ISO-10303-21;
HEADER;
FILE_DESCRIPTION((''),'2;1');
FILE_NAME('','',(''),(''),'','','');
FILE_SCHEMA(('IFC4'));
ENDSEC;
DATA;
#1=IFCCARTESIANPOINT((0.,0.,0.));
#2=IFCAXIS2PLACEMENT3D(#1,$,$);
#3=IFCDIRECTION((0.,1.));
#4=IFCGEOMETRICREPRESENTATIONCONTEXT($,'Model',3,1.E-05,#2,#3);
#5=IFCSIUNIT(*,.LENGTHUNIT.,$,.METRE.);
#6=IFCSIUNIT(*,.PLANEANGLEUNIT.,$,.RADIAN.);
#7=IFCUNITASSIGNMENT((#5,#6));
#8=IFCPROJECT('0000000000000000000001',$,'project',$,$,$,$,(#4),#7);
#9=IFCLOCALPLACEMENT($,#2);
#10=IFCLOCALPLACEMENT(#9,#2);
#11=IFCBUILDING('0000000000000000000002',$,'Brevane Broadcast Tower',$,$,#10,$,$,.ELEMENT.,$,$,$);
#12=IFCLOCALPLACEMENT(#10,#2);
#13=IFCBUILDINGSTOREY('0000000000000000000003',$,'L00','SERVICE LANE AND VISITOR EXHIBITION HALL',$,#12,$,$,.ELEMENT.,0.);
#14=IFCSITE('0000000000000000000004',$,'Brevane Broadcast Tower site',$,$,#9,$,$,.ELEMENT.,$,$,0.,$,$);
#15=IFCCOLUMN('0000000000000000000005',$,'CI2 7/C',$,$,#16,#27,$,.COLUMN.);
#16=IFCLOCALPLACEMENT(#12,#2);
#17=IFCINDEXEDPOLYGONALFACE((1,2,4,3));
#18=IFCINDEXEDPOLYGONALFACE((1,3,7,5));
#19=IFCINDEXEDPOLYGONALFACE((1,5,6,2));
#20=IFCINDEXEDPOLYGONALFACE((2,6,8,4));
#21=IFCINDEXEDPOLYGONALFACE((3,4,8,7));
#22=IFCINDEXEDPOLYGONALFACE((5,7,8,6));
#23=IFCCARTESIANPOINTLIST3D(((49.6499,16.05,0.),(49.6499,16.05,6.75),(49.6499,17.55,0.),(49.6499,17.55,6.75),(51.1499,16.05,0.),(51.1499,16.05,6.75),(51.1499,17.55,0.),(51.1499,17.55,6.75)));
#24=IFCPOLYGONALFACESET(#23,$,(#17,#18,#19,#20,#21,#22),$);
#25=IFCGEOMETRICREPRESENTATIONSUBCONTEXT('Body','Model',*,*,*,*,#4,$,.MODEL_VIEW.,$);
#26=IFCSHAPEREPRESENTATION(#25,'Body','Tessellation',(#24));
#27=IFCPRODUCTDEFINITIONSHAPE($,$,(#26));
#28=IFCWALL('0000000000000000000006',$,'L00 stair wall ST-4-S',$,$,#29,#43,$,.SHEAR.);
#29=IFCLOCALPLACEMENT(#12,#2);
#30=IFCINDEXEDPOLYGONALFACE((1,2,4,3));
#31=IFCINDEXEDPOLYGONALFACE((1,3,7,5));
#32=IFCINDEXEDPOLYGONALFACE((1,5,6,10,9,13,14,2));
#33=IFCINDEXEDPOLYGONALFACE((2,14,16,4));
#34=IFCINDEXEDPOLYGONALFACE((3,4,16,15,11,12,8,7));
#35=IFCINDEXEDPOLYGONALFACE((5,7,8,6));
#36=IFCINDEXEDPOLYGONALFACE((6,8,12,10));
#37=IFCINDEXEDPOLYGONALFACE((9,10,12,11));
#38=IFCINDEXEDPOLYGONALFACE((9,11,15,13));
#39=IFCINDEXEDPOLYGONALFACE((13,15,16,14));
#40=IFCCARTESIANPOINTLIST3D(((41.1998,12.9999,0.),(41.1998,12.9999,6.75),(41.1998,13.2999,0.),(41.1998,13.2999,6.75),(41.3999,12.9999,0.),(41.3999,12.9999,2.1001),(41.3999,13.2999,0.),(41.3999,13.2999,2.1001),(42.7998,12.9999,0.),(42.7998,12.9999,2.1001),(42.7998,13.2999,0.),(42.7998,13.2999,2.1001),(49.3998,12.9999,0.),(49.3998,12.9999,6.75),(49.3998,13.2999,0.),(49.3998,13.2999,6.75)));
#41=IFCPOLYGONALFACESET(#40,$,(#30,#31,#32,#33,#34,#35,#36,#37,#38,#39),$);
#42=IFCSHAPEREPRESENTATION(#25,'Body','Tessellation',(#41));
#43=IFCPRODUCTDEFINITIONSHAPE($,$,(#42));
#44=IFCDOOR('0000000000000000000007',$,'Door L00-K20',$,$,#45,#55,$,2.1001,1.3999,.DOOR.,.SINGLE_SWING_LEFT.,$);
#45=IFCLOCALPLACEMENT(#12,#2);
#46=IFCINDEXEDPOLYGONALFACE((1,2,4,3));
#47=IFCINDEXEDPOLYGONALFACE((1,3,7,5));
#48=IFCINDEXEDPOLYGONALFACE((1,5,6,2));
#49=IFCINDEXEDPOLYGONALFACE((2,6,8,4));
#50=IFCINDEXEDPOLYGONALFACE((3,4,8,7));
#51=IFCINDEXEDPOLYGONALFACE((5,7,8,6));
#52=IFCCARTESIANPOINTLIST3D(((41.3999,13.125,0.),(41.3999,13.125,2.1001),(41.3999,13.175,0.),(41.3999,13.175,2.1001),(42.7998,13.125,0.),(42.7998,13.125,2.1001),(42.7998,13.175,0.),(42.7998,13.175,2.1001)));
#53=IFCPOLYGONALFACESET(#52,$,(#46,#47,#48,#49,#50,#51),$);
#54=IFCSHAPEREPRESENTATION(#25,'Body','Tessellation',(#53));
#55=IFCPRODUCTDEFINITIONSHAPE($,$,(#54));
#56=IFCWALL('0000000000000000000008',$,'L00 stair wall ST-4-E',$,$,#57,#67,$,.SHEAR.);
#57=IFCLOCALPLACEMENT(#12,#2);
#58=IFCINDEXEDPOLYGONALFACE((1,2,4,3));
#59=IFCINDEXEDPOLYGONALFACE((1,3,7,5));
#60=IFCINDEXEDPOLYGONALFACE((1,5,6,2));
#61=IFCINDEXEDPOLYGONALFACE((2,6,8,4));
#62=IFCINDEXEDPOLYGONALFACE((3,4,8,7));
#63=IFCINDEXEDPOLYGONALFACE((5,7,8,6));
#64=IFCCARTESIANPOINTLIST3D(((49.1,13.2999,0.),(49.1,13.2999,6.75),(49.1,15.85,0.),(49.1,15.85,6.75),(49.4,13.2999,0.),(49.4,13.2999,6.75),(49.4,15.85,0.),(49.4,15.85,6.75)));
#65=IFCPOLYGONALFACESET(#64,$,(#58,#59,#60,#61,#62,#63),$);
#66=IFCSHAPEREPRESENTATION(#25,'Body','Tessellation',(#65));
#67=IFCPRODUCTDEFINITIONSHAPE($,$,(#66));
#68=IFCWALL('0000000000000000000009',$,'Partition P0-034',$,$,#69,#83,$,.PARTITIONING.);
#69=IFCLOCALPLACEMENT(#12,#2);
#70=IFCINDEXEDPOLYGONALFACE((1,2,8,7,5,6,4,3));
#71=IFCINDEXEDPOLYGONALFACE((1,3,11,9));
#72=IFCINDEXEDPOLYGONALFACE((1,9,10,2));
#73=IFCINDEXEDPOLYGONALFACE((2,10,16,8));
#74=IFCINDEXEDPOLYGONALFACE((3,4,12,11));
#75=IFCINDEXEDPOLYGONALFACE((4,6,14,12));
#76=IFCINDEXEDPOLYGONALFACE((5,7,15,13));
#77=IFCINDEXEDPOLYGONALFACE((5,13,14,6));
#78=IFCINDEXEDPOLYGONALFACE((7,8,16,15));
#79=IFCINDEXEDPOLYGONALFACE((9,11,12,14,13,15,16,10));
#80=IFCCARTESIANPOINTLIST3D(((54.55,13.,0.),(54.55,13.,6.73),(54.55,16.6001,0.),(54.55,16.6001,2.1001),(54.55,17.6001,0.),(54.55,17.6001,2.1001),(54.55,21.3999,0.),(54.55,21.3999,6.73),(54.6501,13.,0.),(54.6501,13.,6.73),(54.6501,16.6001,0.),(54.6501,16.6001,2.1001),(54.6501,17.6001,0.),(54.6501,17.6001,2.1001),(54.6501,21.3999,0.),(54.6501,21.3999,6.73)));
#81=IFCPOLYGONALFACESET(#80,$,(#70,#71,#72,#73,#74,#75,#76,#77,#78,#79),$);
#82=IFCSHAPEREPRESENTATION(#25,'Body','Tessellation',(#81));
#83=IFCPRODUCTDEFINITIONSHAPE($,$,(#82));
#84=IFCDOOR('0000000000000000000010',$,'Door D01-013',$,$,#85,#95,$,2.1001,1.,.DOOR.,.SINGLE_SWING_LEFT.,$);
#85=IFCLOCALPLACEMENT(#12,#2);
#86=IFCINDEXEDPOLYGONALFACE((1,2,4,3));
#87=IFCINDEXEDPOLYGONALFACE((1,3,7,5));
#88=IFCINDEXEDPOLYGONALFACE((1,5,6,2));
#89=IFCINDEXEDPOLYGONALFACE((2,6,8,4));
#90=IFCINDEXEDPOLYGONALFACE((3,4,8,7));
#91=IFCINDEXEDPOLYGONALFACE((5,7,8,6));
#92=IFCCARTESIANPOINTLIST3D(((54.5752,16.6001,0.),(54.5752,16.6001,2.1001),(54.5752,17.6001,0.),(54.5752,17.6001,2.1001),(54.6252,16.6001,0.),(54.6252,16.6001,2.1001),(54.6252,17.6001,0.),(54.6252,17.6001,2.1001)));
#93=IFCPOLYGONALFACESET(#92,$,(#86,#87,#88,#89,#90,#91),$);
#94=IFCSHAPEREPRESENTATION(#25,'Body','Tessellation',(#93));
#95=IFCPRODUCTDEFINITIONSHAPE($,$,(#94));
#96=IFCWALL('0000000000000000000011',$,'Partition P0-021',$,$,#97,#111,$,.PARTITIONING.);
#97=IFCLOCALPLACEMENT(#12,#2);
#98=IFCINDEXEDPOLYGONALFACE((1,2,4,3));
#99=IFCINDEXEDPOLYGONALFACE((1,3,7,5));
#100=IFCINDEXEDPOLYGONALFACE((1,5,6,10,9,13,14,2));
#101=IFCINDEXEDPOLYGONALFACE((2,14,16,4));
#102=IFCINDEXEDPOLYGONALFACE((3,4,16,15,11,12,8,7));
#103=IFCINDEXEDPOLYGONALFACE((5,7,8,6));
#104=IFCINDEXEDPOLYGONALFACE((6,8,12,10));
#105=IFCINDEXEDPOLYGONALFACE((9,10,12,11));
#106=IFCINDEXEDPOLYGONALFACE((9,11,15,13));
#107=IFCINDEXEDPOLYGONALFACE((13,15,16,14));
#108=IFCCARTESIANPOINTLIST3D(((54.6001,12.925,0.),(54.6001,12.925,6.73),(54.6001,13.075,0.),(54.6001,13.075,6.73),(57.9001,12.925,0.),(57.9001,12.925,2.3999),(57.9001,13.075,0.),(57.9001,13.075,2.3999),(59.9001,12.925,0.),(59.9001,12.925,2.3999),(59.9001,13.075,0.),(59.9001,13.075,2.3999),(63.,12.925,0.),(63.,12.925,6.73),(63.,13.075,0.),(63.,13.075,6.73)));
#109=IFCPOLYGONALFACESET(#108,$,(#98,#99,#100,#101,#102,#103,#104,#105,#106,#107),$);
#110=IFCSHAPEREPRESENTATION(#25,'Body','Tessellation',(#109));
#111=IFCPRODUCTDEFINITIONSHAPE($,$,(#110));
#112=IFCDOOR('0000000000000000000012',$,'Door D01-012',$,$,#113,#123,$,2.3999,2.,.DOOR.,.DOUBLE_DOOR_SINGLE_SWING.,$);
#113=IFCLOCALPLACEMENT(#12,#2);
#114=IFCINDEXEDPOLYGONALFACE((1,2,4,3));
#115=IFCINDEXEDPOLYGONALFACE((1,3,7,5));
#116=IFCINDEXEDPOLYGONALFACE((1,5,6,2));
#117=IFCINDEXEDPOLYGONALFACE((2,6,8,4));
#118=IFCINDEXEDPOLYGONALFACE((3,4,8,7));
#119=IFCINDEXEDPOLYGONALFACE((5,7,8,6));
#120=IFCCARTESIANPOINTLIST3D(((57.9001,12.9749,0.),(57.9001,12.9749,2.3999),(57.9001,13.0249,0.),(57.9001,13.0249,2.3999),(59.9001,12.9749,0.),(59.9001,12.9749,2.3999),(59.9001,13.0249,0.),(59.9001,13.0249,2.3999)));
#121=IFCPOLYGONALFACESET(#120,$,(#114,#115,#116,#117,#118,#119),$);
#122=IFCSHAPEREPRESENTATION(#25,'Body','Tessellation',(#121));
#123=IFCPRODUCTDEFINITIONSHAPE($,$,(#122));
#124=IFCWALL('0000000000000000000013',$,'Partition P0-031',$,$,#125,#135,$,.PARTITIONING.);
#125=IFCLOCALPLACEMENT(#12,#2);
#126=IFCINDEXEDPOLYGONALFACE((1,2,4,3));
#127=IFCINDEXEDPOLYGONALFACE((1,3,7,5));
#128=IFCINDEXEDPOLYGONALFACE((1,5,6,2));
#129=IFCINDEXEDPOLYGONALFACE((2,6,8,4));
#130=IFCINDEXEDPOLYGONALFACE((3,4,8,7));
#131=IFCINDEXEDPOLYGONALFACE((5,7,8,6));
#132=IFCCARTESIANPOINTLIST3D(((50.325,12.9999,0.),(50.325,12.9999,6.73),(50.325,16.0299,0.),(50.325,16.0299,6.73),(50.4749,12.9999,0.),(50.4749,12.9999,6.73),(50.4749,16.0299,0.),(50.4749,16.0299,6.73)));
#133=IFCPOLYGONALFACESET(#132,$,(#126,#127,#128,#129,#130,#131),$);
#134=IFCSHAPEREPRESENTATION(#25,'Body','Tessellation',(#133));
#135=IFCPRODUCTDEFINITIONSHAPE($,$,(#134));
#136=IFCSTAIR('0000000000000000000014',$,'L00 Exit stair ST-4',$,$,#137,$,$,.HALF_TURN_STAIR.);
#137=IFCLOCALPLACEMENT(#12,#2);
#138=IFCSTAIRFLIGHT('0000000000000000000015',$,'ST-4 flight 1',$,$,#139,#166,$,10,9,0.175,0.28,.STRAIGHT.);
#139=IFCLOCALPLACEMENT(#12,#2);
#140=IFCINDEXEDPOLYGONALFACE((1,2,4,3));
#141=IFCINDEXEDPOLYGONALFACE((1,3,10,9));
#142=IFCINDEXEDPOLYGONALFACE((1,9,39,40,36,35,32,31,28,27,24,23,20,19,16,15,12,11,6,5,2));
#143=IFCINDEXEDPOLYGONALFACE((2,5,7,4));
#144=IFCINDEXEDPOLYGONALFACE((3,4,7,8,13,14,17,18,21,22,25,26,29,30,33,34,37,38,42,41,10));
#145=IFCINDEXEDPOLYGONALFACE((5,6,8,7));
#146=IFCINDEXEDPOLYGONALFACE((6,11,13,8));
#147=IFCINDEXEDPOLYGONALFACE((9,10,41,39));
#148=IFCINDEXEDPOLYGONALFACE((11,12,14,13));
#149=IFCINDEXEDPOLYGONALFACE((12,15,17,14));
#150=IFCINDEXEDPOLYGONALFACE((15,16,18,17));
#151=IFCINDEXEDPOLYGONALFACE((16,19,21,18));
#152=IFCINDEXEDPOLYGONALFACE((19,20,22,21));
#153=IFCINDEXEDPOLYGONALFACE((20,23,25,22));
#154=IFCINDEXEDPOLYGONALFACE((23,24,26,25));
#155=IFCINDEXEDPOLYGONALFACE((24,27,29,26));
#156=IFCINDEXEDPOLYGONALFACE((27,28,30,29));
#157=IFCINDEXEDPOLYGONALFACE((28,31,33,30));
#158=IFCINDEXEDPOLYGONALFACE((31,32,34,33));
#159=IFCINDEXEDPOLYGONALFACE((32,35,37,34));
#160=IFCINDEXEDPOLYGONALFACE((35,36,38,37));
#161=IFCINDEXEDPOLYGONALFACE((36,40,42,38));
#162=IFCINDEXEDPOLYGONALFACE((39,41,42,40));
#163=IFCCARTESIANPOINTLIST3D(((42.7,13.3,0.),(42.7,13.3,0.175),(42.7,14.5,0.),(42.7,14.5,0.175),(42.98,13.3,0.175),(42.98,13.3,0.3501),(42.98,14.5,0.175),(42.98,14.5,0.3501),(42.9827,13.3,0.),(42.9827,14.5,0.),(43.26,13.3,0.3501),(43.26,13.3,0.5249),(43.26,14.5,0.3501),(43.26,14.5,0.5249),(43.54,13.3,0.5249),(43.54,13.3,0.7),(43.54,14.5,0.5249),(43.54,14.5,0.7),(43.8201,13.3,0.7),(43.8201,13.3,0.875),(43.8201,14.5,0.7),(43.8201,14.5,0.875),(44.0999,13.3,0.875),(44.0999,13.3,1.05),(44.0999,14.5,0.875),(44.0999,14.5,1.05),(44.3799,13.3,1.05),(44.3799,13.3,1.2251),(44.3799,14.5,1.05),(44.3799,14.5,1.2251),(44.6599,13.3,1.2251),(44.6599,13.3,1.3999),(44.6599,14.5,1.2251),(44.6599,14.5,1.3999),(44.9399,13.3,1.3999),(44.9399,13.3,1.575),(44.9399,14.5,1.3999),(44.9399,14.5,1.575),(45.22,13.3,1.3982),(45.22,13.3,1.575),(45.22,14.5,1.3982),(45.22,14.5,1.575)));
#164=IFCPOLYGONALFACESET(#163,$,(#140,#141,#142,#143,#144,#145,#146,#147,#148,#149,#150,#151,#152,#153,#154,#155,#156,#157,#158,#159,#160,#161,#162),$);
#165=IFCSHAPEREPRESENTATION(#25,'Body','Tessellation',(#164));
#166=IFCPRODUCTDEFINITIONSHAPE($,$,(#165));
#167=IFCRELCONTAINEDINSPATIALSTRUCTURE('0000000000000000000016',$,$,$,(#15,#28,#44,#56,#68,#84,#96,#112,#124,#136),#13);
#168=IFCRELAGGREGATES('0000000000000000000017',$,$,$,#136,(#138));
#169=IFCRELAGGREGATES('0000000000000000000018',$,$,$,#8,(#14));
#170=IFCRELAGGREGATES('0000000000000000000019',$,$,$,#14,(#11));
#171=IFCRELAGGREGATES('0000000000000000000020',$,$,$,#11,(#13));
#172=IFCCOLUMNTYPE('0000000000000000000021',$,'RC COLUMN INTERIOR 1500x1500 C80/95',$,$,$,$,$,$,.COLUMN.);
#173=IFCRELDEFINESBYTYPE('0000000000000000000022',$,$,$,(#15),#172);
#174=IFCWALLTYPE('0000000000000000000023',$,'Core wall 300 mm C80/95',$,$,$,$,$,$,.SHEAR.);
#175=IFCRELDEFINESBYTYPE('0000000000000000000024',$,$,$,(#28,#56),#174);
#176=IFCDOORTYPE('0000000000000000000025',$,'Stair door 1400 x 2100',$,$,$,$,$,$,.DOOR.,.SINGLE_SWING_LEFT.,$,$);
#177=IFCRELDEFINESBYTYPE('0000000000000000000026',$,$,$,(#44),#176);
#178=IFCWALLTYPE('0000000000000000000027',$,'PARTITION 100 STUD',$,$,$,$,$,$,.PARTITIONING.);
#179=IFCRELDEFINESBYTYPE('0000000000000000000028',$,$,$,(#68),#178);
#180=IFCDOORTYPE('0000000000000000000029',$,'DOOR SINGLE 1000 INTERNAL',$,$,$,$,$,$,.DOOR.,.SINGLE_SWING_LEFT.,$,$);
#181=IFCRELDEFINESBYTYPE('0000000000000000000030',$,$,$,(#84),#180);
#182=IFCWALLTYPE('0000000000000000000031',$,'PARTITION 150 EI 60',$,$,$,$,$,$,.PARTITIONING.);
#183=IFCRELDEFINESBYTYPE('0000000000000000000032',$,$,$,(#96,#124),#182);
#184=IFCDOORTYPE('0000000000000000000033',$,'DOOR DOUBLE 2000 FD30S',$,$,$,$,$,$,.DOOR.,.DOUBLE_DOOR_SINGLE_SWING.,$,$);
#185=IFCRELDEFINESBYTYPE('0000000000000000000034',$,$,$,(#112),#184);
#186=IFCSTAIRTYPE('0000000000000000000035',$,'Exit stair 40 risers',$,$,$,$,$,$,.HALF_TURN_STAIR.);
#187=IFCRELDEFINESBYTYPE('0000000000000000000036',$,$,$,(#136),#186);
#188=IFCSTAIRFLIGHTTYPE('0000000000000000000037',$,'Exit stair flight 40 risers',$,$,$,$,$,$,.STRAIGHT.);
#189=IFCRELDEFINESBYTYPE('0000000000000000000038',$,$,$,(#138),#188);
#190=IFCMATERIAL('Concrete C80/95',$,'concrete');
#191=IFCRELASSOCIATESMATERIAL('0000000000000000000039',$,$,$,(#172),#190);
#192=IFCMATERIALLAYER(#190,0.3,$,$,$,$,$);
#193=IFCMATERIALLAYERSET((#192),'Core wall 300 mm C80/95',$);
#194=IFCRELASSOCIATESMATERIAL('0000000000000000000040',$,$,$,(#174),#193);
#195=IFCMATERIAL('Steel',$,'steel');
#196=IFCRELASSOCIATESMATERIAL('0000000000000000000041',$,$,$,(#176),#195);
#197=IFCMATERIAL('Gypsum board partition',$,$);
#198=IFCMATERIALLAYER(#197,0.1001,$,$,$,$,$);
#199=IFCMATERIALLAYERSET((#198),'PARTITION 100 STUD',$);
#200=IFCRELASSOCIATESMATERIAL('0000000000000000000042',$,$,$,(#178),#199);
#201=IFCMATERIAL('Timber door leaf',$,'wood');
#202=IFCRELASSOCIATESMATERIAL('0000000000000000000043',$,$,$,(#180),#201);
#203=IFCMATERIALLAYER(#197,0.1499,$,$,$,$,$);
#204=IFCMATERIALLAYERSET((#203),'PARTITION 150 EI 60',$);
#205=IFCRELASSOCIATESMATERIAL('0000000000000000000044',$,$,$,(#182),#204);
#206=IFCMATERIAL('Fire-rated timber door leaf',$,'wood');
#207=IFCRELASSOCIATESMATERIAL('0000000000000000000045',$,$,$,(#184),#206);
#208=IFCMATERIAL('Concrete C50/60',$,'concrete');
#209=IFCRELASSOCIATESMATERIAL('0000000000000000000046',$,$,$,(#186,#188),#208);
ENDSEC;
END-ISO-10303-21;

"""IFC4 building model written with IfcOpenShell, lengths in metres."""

from ifc_helpers import new_model, si_unit, direction, frame, frame_2d, origin, origin_2d, place, context, subcontext, project, spatial, polyline, rectangle, outline, extrude, material, layer, layer_set, material_profile, profile_set, type_object, element, fill, aggregate, save


model = new_model("IFC4")

# Units and contexts
model_context = context("Model", 3, precision=1e-05, world=origin(), true_north=direction((0.0, 1.0)))
body_context = subcontext(model_context, "Body", "Model", "MODEL_VIEW")
ifc_project = project(units=[si_unit("LENGTHUNIT", "METRE"), si_unit("PLANEANGLEUNIT", "RADIAN")], contexts=[model_context])

# Site, building, storey
site_placement = place(None, origin())
site = spatial("IfcSite", under=ifc_project, at=site_placement, Name="Brevane Broadcast Tower site", CompositionType="ELEMENT", RefElevation=0.0)
building_placement = place(site_placement, origin())
building = spatial("IfcBuilding", under=site, at=building_placement, Name="Brevane Broadcast Tower", CompositionType="ELEMENT")
storey_placement = place(building_placement, origin())
storey = spatial("IfcBuildingStorey", under=building, at=storey_placement, Name="L00", Description="SERVICE LANE AND VISITOR EXHIBITION HALL", CompositionType="ELEMENT", Elevation=0.0)

# Column
ifc_material_1 = material(Name="Concrete C80/95", Category="concrete")
ifc_material_profile = material_profile(ifc_material_1, rectangle(XDim=1.5, YDim=1.5, at=origin_2d()), Name="RC 1500x1500")
ifc_profile_set = profile_set([ifc_material_profile], Name="Concrete C80/95")
column_type = type_object("IfcColumnType", Name="RC COLUMN INTERIOR 1500x1500 C80/95", PredefinedType="COLUMN", material=ifc_profile_set)
column_placement = place(storey_placement, frame((50.3999, 16.8, 0.0), z_axis=(0.0, 0.0, 1.0), x_axis=(1.0, 0.0, 0.0)))
element("IfcColumn", 1, at=column_placement, inside=storey, type_object=column_type, Name="CI2 7/C", PredefinedType="COLUMN", context=body_context, shape_type="SweptSolid", body=[
    extrude(rectangle(XDim=1.5, YDim=1.5, at=origin_2d()), origin(), (0.0, 0.0, 1.0), 6.75),
])

# Wall, opening, door
ifc_layer_1 = layer(ifc_material_1, 0.3)
ifc_layer_set_1 = layer_set([ifc_layer_1], Name="Core wall 300 mm C80/95")
wall_type_1 = type_object("IfcWallType", Name="Core wall 300 mm C80/95", PredefinedType="SHEAR", material=ifc_layer_set_1)
wall_1_placement = place(storey_placement, frame((49.3999, 13.1499, 0.0), z_axis=(0.0, 0.0, 1.0), x_axis=(-1.0, 0.0, 0.0)))
wall_1 = element("IfcWall", 2, at=wall_1_placement, inside=storey, type_object=wall_type_1, Name="L00 stair wall ST-4-S", PredefinedType="SHEAR", context=body_context, shape_type="SweptSolid", body=[
    extrude(rectangle(XDim=8.2, YDim=0.3, at=frame_2d((4.1001, 0.0))), origin(), (0.0, 0.0, 1.0), 6.75),
])
opening_1_placement = place(wall_1_placement, frame((6.6001, 0.0, 0.0)))
opening_1 = element("IfcOpeningElement", 3, at=opening_1_placement, cuts=wall_1, PredefinedType="OPENING", context=body_context, shape_type="SweptSolid", body=[
    extrude(rectangle(XDim=1.3999, YDim=2.1001, at=frame_2d((0.7, 1.05))), frame((0.0, 0.1599, 0.0), z_axis=(0.0, -1.0, 0.0), x_axis=(1.0, 0.0, 0.0)), (0.0, 0.0, 1.0), 0.3201),
])
ifc_material_2 = material(Name="Steel", Category="steel")
door_type_1 = type_object("IfcDoorType", Name="Stair door 1400 x 2100", OperationType="SINGLE_SWING_LEFT", PredefinedType="DOOR", material=ifc_material_2)
door_1_placement = place(opening_1_placement, origin())
door_1 = element("IfcDoor", 4, at=door_1_placement, inside=storey, type_object=door_type_1, Name="Door L00-K20", OperationType="SINGLE_SWING_LEFT", OverallHeight=2.1001, OverallWidth=1.3999, PredefinedType="DOOR", context=body_context, shape_type="SweptSolid", body=[
    extrude(rectangle(XDim=1.3999, YDim=2.1001, at=frame_2d((0.7, 1.05))), frame((0.0, 0.0249, 0.0), z_axis=(0.0, -1.0, 0.0), x_axis=(1.0, 0.0, 0.0)), (0.0, 0.0, 1.0), 0.05),
])
fill(opening_1, door_1)

# Wall
wall_2_placement = place(storey_placement, frame((49.25, 13.3, 0.0), z_axis=(0.0, 0.0, 1.0), x_axis=(0.0, 1.0, 0.0)))
element("IfcWall", 5, at=wall_2_placement, inside=storey, type_object=wall_type_1, Name="L00 stair wall ST-4-E", PredefinedType="SHEAR", context=body_context, shape_type="SweptSolid", body=[
    extrude(rectangle(XDim=2.55, YDim=0.3, at=frame_2d((1.2749, 0.0))), origin(), (0.0, 0.0, 1.0), 6.75),
])

# Walls, openings, doors
ifc_material_3 = material(Name="Gypsum board partition")
ifc_layer_2 = layer(ifc_material_3, 0.1001)
ifc_layer_set_2 = layer_set([ifc_layer_2], Name="PARTITION 100 STUD")
wall_type_2 = type_object("IfcWallType", Name="PARTITION 100 STUD", PredefinedType="PARTITIONING", material=ifc_layer_set_2)
wall_3_placement = place(storey_placement, frame((54.6001, 13.0, 0.0), z_axis=(0.0, 0.0, 1.0), x_axis=(0.0, 1.0, 0.0)))
wall_3 = element("IfcWall", 6, at=wall_3_placement, inside=storey, type_object=wall_type_2, Name="Partition P0-034", PredefinedType="PARTITIONING", context=body_context, shape_type="SweptSolid", body=[
    extrude(rectangle(XDim=8.3999, YDim=0.1001, at=frame_2d((4.2, 0.0))), origin(), (0.0, 0.0, 1.0), 6.73),
])
opening_2_placement = place(wall_3_placement, frame((3.6001, 0.0, 0.0)))
opening_2 = element("IfcOpeningElement", 7, at=opening_2_placement, cuts=wall_3, PredefinedType="OPENING", context=body_context, shape_type="SweptSolid", body=[
    extrude(rectangle(XDim=1.0, YDim=2.1001, at=frame_2d((0.5, 1.05))), frame((0.0, 0.0601, 0.0), z_axis=(0.0, -1.0, 0.0), x_axis=(1.0, 0.0, 0.0)), (0.0, 0.0, 1.0), 0.1201),
])
ifc_material_4 = material(Name="Timber door leaf", Category="wood")
door_type_2 = type_object("IfcDoorType", Name="DOOR SINGLE 1000 INTERNAL", OperationType="SINGLE_SWING_LEFT", PredefinedType="DOOR", material=ifc_material_4)
door_2_placement = place(opening_2_placement, origin())
door_2 = element("IfcDoor", 8, at=door_2_placement, inside=storey, type_object=door_type_2, Name="Door D01-013", OperationType="SINGLE_SWING_LEFT", OverallHeight=2.1001, OverallWidth=1.0, PredefinedType="DOOR", context=body_context, shape_type="SweptSolid", body=[
    extrude(rectangle(XDim=1.0, YDim=2.1001, at=frame_2d((0.5, 1.05))), frame((0.0, 0.0249, 0.0), z_axis=(0.0, -1.0, 0.0), x_axis=(1.0, 0.0, 0.0)), (0.0, 0.0, 1.0), 0.05),
])
fill(opening_2, door_2)
ifc_layer_3 = layer(ifc_material_3, 0.1499)
ifc_layer_set_3 = layer_set([ifc_layer_3], Name="PARTITION 150 EI 60")
wall_type_3 = type_object("IfcWallType", Name="PARTITION 150 EI 60", PredefinedType="PARTITIONING", material=ifc_layer_set_3)
wall_4_placement = place(storey_placement, frame((54.6001, 13.0, 0.0), z_axis=(0.0, 0.0, 1.0), x_axis=(1.0, 0.0, 0.0)))
wall_4 = element("IfcWall", 9, at=wall_4_placement, inside=storey, type_object=wall_type_3, Name="Partition P0-021", PredefinedType="PARTITIONING", context=body_context, shape_type="SweptSolid", body=[
    extrude(rectangle(XDim=8.3999, YDim=0.1499, at=frame_2d((4.2, 0.0))), origin(), (0.0, 0.0, 1.0), 6.73),
])
opening_3_placement = place(wall_4_placement, frame((3.3, 0.0, 0.0)))
opening_3 = element("IfcOpeningElement", 10, at=opening_3_placement, cuts=wall_4, PredefinedType="OPENING", context=body_context, shape_type="SweptSolid", body=[
    extrude(rectangle(XDim=2.0, YDim=2.3999, at=frame_2d((1.0, 1.2))), frame((0.0, 0.085, 0.0), z_axis=(0.0, -1.0, 0.0), x_axis=(1.0, 0.0, 0.0)), (0.0, 0.0, 1.0), 0.1699),
])
ifc_material_5 = material(Name="Fire-rated timber door leaf", Category="wood")
door_type_3 = type_object("IfcDoorType", Name="DOOR DOUBLE 2000 FD30S", OperationType="DOUBLE_DOOR_SINGLE_SWING", PredefinedType="DOOR", material=ifc_material_5)
door_3_placement = place(opening_3_placement, origin())
door_3 = element("IfcDoor", 11, at=door_3_placement, inside=storey, type_object=door_type_3, Name="Door D01-012", OperationType="DOUBLE_DOOR_SINGLE_SWING", OverallHeight=2.3999, OverallWidth=2.0, PredefinedType="DOOR", context=body_context, shape_type="SweptSolid", body=[
    extrude(rectangle(XDim=2.0, YDim=2.3999, at=frame_2d((1.0, 1.2))), frame((0.0, 0.0249, 0.0), z_axis=(0.0, -1.0, 0.0), x_axis=(1.0, 0.0, 0.0)), (0.0, 0.0, 1.0), 0.05),
])
fill(opening_3, door_3)

# Wall
wall_5_placement = place(storey_placement, frame((50.3999, 16.03, 0.0), z_axis=(0.0, 0.0, 1.0), x_axis=(0.0, -1.0, 0.0)))
element("IfcWall", 12, at=wall_5_placement, inside=storey, type_object=wall_type_3, Name="Partition P0-031", PredefinedType="PARTITIONING", context=body_context, shape_type="SweptSolid", body=[
    extrude(rectangle(XDim=3.03, YDim=0.1499, at=frame_2d((1.5151, 0.0))), origin(), (0.0, 0.0, 1.0), 6.73),
])

# Stair, stair flight
ifc_material_6 = material(Name="Concrete C50/60", Category="concrete")
stair_type = type_object("IfcStairType", Name="Exit stair 40 risers", PredefinedType="HALF_TURN_STAIR", material=ifc_material_6)
stair_placement = place(storey_placement, origin())
stair = element("IfcStair", 13, at=stair_placement, inside=storey, type_object=stair_type, Name="L00 Exit stair ST-4", PredefinedType="HALF_TURN_STAIR")
stair_flight_type = type_object("IfcStairFlightType", Name="Exit stair flight 40 risers", PredefinedType="STRAIGHT", material=ifc_material_6)
stair_flight_1_placement = place(storey_placement, frame((42.7, 13.8999, 0.0), z_axis=(0.0, 0.0, 1.0), x_axis=(1.0, 0.0, 0.0)))
stair_flight_1 = element("IfcStairFlight", 14, at=stair_flight_1_placement, type_object=stair_flight_type, Name="ST-4 flight 1", NumberOfRisers=10, NumberOfTreads=9, PredefinedType="STRAIGHT", RiserHeight=0.175, TreadLength=0.28, context=body_context, shape_type="SweptSolid", body=[
    extrude(outline(polyline([(0.0, 0.0), (0.0, 0.175), (0.28, 0.175), (0.28, 0.3501), (0.5601, 0.3501), (0.5601, 0.5249), (0.8401, 0.5249), (0.8401, 0.7), (1.1201, 0.7), (1.1201, 0.875), (1.3999, 0.875), (1.3999, 1.05), (1.6799, 1.05), (1.6799, 1.2251), (1.96, 1.2251), (1.96, 1.3999), (2.24, 1.3999), (2.24, 1.575), (2.52, 1.575), (2.52, 1.75), (2.52, 1.3982), (0.2827, 0.0), (0.0, 0.0)])), frame((0.0, 0.6001, 0.0), z_axis=(0.0, -1.0, 0.0), x_axis=(1.0, 0.0, 0.0)), (0.0, 0.0, 1.0), 1.2),
])
aggregate(stair, [stair_flight_1])

save(model, "model.ifc")
